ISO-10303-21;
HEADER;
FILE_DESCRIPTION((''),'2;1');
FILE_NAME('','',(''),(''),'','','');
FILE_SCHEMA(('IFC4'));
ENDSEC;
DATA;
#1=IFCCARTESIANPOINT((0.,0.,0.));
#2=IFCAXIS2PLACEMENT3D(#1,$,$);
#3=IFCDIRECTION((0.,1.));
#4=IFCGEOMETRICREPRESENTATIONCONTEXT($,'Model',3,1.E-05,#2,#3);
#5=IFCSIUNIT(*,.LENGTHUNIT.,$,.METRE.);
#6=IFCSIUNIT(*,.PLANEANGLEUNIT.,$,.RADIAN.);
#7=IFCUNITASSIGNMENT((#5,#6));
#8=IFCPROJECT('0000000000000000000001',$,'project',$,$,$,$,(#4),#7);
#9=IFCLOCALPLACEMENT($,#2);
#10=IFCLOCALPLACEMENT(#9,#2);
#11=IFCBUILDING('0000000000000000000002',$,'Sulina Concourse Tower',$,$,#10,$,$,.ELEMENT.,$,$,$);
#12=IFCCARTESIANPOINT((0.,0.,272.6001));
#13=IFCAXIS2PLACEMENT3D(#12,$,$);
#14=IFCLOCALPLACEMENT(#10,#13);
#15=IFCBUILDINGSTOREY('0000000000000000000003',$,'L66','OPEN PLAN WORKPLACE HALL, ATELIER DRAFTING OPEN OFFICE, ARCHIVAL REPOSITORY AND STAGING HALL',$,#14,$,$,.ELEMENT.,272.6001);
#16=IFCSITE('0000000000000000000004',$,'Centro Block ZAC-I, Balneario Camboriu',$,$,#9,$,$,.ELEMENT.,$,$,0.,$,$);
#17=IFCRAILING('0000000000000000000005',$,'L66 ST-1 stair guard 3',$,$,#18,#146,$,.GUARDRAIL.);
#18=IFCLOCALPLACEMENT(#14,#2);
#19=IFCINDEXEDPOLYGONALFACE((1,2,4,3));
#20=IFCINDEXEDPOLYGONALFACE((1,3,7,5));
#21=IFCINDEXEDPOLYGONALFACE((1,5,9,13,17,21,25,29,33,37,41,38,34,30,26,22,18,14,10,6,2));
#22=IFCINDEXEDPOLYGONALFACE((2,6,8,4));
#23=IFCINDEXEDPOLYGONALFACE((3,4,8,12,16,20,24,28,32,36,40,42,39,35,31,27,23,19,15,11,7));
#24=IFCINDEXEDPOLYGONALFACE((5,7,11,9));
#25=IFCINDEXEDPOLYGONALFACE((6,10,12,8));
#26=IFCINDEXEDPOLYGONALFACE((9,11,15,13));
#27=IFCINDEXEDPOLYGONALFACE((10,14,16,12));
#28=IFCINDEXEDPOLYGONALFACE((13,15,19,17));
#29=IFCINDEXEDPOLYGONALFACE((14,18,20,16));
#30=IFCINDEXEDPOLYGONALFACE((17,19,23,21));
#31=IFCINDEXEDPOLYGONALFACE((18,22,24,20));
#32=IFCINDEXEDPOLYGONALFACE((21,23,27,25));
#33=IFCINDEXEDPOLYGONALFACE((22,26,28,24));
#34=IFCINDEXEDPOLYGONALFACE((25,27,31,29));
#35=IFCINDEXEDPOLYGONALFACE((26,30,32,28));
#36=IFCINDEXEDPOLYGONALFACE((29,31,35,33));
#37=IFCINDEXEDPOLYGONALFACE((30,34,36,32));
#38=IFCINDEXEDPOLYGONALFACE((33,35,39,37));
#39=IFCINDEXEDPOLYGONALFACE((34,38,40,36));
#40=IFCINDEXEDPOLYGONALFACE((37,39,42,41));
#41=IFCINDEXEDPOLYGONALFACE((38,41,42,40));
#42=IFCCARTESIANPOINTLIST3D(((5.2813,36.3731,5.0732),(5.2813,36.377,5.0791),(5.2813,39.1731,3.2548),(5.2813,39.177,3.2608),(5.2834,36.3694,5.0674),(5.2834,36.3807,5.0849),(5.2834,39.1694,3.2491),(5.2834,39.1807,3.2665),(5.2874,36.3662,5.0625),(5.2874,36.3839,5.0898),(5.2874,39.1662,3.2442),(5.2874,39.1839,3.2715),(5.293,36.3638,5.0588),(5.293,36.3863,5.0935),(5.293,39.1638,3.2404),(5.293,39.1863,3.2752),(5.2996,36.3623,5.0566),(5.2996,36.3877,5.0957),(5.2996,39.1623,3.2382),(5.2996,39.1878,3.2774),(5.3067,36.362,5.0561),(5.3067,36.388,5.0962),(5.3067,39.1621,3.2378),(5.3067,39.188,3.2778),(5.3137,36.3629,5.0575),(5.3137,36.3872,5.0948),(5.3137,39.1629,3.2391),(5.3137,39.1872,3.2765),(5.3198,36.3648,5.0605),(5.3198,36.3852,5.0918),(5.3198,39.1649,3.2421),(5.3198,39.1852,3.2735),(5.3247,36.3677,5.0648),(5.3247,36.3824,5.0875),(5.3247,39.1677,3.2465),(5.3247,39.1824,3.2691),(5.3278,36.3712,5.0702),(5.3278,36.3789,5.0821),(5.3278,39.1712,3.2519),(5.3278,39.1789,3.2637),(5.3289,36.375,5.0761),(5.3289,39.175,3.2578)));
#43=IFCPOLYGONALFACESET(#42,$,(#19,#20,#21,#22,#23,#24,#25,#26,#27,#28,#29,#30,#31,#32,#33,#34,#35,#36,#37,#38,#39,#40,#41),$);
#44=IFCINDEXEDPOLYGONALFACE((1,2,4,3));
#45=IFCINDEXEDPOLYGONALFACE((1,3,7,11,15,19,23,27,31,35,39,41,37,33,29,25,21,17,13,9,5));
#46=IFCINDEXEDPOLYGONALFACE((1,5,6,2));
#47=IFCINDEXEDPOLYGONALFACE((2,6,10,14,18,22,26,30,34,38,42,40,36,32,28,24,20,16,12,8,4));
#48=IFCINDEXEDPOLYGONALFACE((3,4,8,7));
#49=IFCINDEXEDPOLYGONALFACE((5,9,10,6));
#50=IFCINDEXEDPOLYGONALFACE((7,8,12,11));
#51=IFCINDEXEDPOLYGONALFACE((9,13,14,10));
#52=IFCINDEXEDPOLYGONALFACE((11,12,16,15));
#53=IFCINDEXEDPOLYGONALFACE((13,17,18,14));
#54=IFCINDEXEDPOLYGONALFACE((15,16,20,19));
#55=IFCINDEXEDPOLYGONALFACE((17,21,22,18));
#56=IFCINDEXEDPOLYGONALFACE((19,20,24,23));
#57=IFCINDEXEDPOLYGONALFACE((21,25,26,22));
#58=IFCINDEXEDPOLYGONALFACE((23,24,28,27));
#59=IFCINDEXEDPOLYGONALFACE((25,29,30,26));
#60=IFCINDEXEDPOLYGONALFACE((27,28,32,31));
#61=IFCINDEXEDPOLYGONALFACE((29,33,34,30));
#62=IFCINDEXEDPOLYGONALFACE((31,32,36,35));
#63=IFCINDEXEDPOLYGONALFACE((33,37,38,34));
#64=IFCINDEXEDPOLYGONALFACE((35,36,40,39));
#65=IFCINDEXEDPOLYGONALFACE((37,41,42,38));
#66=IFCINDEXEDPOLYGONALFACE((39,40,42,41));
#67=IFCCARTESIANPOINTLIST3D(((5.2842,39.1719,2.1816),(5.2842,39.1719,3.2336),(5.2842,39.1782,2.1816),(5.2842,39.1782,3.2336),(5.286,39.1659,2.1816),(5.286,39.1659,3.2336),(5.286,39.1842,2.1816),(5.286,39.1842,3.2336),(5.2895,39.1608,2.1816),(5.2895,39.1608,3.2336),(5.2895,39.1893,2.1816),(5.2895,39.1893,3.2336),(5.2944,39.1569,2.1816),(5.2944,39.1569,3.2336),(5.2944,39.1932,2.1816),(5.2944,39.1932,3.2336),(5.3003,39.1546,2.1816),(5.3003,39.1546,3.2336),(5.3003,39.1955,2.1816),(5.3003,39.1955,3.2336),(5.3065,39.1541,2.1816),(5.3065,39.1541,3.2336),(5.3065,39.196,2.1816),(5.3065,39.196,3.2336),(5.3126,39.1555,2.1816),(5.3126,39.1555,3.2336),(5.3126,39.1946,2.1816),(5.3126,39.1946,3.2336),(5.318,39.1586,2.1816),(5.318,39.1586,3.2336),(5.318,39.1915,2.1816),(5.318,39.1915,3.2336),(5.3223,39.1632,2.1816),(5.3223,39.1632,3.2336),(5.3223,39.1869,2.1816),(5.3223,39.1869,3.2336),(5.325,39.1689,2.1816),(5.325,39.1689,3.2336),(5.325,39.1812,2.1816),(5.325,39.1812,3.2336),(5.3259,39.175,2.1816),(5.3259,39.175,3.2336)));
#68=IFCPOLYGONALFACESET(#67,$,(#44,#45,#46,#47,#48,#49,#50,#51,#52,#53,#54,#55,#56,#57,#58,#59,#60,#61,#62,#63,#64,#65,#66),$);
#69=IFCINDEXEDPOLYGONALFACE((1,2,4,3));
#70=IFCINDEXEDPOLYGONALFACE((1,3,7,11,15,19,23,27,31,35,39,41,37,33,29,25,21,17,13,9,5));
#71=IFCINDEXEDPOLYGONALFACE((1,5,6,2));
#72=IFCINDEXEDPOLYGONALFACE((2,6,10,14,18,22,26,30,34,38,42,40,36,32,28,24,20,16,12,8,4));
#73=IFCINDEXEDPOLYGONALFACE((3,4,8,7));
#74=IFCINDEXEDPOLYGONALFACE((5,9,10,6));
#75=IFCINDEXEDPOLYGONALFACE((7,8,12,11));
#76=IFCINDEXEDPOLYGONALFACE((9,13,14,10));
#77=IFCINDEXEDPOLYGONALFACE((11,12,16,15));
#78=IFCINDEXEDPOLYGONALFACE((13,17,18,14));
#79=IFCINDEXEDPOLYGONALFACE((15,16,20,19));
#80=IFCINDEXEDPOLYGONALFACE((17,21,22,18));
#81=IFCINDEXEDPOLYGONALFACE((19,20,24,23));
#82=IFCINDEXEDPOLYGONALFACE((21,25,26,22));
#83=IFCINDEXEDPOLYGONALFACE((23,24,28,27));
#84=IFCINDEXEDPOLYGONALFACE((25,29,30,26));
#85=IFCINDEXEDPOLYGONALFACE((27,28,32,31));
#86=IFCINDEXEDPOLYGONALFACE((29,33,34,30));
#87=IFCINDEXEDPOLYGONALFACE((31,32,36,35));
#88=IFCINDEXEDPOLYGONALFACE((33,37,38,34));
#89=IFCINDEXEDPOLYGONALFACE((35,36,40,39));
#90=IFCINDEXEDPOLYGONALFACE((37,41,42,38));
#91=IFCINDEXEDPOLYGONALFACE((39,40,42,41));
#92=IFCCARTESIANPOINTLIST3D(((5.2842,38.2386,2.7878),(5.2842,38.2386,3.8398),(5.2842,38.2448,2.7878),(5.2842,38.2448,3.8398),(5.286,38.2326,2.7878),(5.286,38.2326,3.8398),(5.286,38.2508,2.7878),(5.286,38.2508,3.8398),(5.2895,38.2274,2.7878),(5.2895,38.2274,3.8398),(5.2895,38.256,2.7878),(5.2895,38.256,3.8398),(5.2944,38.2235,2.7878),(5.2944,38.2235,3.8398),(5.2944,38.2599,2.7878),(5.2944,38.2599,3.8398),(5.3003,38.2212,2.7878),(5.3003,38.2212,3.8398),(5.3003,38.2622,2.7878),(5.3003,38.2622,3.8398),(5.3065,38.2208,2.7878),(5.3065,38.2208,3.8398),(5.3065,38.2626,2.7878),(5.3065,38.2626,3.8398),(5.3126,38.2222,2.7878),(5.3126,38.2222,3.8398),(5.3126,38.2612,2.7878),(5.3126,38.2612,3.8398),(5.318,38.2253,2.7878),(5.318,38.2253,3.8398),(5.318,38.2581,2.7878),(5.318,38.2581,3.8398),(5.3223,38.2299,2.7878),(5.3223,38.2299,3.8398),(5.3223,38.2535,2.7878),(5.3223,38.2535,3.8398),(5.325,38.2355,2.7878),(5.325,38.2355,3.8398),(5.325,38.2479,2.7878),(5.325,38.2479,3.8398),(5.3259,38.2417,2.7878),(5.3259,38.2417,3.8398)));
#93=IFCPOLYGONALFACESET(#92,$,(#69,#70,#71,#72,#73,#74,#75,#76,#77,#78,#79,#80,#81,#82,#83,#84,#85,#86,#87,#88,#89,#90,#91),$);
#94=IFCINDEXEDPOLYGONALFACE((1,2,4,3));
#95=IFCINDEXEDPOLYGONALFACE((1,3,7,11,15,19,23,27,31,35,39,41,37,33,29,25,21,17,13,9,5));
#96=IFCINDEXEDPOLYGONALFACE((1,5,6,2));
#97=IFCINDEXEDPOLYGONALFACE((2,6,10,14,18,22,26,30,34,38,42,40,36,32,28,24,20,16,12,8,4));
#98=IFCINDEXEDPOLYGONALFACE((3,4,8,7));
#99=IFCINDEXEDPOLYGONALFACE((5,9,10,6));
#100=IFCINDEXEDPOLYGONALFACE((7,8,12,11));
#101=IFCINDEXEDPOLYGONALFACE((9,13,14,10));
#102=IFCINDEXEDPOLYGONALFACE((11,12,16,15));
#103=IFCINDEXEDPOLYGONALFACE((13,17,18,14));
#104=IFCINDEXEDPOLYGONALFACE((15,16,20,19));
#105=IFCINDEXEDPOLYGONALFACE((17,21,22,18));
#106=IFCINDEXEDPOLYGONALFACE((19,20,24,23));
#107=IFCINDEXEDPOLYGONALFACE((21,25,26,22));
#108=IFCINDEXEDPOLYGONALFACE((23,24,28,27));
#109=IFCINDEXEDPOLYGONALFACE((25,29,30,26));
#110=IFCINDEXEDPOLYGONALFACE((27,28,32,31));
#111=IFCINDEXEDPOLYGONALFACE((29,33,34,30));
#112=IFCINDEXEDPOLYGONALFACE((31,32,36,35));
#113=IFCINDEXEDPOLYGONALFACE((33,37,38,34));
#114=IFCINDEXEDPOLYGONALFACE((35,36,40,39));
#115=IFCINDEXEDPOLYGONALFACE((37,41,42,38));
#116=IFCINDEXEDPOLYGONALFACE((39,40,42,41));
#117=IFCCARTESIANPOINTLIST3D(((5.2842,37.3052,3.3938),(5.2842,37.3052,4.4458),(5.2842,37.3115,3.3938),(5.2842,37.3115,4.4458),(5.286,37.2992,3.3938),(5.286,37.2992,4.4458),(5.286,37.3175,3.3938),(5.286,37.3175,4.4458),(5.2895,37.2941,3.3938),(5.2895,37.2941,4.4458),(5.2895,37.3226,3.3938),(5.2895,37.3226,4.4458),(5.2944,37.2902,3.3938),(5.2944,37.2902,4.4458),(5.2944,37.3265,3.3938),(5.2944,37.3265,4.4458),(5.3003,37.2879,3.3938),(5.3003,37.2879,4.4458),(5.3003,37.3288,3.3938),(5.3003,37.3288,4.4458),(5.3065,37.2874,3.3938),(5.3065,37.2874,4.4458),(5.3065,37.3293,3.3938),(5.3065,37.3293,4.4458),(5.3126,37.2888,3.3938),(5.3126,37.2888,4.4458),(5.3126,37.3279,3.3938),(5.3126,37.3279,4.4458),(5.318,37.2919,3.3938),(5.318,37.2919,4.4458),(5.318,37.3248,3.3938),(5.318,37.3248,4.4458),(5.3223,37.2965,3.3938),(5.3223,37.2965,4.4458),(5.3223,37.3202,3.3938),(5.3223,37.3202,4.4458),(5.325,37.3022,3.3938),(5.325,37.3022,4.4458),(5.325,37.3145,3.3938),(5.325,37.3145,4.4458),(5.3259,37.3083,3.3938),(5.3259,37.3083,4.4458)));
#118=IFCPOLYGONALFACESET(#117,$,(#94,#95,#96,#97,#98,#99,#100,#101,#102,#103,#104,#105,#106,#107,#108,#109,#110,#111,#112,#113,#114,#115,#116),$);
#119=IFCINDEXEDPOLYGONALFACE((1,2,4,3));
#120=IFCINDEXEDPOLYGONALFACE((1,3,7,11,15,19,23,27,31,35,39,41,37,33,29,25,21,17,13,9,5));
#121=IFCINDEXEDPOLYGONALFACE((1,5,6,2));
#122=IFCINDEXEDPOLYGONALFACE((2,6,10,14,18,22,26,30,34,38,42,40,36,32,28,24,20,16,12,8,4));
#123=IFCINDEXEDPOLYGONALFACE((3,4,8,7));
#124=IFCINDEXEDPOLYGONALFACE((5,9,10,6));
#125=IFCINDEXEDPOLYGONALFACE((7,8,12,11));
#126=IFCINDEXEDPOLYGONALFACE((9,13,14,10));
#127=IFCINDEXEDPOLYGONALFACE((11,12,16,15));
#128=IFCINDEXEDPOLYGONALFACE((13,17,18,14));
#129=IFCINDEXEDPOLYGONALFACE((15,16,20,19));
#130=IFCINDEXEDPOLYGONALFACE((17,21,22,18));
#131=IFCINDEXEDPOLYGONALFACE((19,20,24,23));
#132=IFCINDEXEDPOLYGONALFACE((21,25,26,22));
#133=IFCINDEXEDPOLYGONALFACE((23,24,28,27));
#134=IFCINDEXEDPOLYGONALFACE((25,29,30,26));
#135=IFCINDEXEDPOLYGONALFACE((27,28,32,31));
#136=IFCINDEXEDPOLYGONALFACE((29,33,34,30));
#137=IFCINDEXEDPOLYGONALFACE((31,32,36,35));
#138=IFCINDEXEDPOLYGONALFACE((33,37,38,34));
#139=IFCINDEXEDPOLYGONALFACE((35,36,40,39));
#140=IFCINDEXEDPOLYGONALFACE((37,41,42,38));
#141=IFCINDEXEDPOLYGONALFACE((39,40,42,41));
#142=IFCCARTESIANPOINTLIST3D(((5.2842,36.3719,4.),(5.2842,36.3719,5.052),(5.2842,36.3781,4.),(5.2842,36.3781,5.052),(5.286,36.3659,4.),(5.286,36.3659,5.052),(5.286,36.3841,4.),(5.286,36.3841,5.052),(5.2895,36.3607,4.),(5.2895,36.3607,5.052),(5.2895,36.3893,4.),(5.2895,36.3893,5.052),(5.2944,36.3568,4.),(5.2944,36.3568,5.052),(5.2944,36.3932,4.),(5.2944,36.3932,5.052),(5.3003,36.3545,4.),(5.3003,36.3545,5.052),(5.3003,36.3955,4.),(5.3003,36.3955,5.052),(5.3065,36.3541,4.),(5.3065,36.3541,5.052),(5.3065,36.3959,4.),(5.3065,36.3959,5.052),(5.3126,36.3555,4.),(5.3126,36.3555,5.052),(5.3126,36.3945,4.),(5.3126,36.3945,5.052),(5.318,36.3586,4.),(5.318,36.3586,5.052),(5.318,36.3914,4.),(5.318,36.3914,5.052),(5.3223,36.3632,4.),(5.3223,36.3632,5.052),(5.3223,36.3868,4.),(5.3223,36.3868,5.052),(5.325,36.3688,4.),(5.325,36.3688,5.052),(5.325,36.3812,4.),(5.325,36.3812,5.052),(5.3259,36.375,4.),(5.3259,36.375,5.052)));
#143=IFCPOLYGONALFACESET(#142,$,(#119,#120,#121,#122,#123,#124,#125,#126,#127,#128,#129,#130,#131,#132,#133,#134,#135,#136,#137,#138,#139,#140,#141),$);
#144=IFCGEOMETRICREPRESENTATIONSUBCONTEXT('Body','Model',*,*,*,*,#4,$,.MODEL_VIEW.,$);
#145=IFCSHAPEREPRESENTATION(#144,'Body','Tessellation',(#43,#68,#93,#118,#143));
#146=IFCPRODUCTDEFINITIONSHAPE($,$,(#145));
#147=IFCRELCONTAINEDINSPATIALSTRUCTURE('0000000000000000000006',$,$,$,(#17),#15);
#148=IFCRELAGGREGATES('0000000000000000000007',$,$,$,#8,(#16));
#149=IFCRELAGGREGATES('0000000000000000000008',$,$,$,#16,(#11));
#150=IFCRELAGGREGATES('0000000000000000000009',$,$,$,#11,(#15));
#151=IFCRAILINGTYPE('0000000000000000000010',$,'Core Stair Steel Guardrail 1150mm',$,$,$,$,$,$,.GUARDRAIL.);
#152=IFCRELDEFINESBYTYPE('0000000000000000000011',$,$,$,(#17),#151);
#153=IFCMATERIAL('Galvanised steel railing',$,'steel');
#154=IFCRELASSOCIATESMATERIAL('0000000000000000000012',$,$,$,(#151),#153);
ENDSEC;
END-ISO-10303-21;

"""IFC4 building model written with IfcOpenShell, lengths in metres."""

from ifc_helpers import new_model, si_unit, direction, frame, origin, origin_2d, place, context, subcontext, project, spatial, circle, extrude, material, type_object, element, save


model = new_model("IFC4")

# Units and contexts
model_context = context("Model", 3, precision=1e-05, world=origin(), true_north=direction((0.0, 1.0)))
body_context = subcontext(model_context, "Body", "Model", "MODEL_VIEW")
ifc_project = project(units=[si_unit("LENGTHUNIT", "METRE"), si_unit("PLANEANGLEUNIT", "RADIAN")], contexts=[model_context])

# Site, building, storey
site_placement = place(None, origin())
site = spatial("IfcSite", under=ifc_project, at=site_placement, Name="Centro Block ZAC-I, Balneario Camboriu", CompositionType="ELEMENT", RefElevation=0.0)
building_placement = place(site_placement, origin())
building = spatial("IfcBuilding", under=site, at=building_placement, Name="Sulina Concourse Tower", CompositionType="ELEMENT")
storey_placement = place(building_placement, frame((0.0, 0.0, 272.6001)))
storey = spatial("IfcBuildingStorey", under=building, at=storey_placement, Name="L66", Description="OPEN PLAN WORKPLACE HALL, ATELIER DRAFTING OPEN OFFICE, ARCHIVAL REPOSITORY AND STAGING HALL", CompositionType="ELEMENT", Elevation=272.6001)

# Railing
ifc_material_1 = material(Name="Galvanised steel railing", Category="steel")
railing_type_1 = type_object("IfcRailingType", Name="Core Stair Steel Guardrail 1150mm", PredefinedType="GUARDRAIL", material=ifc_material_1)
railing_1_placement = place(storey_placement, frame((5.3049, 39.175, 2.1816)))
element("IfcRailing", 1, at=railing_1_placement, inside=storey, type_object=railing_type_1, Name="L66 ST-1 stair guard 3", PredefinedType="GUARDRAIL", context=body_context, shape_type="SweptSolid", body=[
    extrude(circle(Radius=0.0239, at=origin_2d()), frame((0.0, 0.0, 1.0762), z_axis=(0.0, -0.838672, 0.544636), x_axis=(1.0, 0.0, 0.0)), (0.0, 0.0, 1.0), 3.3386),
    extrude(circle(Radius=0.021, at=origin_2d()), origin(), (0.0, 0.0, 1.0), 1.052),
    extrude(circle(Radius=0.021, at=origin_2d()), frame((0.0, -0.9333, 0.6062)), (0.0, 0.0, 1.0), 1.052),
    extrude(circle(Radius=0.021, at=origin_2d()), frame((0.0, -1.8667, 1.2122)), (0.0, 0.0, 1.0), 1.052),
    extrude(circle(Radius=0.021, at=origin_2d()), frame((0.0, -2.8, 1.8184)), (0.0, 0.0, 1.0), 1.052),
])

save(model, "model.ifc")
